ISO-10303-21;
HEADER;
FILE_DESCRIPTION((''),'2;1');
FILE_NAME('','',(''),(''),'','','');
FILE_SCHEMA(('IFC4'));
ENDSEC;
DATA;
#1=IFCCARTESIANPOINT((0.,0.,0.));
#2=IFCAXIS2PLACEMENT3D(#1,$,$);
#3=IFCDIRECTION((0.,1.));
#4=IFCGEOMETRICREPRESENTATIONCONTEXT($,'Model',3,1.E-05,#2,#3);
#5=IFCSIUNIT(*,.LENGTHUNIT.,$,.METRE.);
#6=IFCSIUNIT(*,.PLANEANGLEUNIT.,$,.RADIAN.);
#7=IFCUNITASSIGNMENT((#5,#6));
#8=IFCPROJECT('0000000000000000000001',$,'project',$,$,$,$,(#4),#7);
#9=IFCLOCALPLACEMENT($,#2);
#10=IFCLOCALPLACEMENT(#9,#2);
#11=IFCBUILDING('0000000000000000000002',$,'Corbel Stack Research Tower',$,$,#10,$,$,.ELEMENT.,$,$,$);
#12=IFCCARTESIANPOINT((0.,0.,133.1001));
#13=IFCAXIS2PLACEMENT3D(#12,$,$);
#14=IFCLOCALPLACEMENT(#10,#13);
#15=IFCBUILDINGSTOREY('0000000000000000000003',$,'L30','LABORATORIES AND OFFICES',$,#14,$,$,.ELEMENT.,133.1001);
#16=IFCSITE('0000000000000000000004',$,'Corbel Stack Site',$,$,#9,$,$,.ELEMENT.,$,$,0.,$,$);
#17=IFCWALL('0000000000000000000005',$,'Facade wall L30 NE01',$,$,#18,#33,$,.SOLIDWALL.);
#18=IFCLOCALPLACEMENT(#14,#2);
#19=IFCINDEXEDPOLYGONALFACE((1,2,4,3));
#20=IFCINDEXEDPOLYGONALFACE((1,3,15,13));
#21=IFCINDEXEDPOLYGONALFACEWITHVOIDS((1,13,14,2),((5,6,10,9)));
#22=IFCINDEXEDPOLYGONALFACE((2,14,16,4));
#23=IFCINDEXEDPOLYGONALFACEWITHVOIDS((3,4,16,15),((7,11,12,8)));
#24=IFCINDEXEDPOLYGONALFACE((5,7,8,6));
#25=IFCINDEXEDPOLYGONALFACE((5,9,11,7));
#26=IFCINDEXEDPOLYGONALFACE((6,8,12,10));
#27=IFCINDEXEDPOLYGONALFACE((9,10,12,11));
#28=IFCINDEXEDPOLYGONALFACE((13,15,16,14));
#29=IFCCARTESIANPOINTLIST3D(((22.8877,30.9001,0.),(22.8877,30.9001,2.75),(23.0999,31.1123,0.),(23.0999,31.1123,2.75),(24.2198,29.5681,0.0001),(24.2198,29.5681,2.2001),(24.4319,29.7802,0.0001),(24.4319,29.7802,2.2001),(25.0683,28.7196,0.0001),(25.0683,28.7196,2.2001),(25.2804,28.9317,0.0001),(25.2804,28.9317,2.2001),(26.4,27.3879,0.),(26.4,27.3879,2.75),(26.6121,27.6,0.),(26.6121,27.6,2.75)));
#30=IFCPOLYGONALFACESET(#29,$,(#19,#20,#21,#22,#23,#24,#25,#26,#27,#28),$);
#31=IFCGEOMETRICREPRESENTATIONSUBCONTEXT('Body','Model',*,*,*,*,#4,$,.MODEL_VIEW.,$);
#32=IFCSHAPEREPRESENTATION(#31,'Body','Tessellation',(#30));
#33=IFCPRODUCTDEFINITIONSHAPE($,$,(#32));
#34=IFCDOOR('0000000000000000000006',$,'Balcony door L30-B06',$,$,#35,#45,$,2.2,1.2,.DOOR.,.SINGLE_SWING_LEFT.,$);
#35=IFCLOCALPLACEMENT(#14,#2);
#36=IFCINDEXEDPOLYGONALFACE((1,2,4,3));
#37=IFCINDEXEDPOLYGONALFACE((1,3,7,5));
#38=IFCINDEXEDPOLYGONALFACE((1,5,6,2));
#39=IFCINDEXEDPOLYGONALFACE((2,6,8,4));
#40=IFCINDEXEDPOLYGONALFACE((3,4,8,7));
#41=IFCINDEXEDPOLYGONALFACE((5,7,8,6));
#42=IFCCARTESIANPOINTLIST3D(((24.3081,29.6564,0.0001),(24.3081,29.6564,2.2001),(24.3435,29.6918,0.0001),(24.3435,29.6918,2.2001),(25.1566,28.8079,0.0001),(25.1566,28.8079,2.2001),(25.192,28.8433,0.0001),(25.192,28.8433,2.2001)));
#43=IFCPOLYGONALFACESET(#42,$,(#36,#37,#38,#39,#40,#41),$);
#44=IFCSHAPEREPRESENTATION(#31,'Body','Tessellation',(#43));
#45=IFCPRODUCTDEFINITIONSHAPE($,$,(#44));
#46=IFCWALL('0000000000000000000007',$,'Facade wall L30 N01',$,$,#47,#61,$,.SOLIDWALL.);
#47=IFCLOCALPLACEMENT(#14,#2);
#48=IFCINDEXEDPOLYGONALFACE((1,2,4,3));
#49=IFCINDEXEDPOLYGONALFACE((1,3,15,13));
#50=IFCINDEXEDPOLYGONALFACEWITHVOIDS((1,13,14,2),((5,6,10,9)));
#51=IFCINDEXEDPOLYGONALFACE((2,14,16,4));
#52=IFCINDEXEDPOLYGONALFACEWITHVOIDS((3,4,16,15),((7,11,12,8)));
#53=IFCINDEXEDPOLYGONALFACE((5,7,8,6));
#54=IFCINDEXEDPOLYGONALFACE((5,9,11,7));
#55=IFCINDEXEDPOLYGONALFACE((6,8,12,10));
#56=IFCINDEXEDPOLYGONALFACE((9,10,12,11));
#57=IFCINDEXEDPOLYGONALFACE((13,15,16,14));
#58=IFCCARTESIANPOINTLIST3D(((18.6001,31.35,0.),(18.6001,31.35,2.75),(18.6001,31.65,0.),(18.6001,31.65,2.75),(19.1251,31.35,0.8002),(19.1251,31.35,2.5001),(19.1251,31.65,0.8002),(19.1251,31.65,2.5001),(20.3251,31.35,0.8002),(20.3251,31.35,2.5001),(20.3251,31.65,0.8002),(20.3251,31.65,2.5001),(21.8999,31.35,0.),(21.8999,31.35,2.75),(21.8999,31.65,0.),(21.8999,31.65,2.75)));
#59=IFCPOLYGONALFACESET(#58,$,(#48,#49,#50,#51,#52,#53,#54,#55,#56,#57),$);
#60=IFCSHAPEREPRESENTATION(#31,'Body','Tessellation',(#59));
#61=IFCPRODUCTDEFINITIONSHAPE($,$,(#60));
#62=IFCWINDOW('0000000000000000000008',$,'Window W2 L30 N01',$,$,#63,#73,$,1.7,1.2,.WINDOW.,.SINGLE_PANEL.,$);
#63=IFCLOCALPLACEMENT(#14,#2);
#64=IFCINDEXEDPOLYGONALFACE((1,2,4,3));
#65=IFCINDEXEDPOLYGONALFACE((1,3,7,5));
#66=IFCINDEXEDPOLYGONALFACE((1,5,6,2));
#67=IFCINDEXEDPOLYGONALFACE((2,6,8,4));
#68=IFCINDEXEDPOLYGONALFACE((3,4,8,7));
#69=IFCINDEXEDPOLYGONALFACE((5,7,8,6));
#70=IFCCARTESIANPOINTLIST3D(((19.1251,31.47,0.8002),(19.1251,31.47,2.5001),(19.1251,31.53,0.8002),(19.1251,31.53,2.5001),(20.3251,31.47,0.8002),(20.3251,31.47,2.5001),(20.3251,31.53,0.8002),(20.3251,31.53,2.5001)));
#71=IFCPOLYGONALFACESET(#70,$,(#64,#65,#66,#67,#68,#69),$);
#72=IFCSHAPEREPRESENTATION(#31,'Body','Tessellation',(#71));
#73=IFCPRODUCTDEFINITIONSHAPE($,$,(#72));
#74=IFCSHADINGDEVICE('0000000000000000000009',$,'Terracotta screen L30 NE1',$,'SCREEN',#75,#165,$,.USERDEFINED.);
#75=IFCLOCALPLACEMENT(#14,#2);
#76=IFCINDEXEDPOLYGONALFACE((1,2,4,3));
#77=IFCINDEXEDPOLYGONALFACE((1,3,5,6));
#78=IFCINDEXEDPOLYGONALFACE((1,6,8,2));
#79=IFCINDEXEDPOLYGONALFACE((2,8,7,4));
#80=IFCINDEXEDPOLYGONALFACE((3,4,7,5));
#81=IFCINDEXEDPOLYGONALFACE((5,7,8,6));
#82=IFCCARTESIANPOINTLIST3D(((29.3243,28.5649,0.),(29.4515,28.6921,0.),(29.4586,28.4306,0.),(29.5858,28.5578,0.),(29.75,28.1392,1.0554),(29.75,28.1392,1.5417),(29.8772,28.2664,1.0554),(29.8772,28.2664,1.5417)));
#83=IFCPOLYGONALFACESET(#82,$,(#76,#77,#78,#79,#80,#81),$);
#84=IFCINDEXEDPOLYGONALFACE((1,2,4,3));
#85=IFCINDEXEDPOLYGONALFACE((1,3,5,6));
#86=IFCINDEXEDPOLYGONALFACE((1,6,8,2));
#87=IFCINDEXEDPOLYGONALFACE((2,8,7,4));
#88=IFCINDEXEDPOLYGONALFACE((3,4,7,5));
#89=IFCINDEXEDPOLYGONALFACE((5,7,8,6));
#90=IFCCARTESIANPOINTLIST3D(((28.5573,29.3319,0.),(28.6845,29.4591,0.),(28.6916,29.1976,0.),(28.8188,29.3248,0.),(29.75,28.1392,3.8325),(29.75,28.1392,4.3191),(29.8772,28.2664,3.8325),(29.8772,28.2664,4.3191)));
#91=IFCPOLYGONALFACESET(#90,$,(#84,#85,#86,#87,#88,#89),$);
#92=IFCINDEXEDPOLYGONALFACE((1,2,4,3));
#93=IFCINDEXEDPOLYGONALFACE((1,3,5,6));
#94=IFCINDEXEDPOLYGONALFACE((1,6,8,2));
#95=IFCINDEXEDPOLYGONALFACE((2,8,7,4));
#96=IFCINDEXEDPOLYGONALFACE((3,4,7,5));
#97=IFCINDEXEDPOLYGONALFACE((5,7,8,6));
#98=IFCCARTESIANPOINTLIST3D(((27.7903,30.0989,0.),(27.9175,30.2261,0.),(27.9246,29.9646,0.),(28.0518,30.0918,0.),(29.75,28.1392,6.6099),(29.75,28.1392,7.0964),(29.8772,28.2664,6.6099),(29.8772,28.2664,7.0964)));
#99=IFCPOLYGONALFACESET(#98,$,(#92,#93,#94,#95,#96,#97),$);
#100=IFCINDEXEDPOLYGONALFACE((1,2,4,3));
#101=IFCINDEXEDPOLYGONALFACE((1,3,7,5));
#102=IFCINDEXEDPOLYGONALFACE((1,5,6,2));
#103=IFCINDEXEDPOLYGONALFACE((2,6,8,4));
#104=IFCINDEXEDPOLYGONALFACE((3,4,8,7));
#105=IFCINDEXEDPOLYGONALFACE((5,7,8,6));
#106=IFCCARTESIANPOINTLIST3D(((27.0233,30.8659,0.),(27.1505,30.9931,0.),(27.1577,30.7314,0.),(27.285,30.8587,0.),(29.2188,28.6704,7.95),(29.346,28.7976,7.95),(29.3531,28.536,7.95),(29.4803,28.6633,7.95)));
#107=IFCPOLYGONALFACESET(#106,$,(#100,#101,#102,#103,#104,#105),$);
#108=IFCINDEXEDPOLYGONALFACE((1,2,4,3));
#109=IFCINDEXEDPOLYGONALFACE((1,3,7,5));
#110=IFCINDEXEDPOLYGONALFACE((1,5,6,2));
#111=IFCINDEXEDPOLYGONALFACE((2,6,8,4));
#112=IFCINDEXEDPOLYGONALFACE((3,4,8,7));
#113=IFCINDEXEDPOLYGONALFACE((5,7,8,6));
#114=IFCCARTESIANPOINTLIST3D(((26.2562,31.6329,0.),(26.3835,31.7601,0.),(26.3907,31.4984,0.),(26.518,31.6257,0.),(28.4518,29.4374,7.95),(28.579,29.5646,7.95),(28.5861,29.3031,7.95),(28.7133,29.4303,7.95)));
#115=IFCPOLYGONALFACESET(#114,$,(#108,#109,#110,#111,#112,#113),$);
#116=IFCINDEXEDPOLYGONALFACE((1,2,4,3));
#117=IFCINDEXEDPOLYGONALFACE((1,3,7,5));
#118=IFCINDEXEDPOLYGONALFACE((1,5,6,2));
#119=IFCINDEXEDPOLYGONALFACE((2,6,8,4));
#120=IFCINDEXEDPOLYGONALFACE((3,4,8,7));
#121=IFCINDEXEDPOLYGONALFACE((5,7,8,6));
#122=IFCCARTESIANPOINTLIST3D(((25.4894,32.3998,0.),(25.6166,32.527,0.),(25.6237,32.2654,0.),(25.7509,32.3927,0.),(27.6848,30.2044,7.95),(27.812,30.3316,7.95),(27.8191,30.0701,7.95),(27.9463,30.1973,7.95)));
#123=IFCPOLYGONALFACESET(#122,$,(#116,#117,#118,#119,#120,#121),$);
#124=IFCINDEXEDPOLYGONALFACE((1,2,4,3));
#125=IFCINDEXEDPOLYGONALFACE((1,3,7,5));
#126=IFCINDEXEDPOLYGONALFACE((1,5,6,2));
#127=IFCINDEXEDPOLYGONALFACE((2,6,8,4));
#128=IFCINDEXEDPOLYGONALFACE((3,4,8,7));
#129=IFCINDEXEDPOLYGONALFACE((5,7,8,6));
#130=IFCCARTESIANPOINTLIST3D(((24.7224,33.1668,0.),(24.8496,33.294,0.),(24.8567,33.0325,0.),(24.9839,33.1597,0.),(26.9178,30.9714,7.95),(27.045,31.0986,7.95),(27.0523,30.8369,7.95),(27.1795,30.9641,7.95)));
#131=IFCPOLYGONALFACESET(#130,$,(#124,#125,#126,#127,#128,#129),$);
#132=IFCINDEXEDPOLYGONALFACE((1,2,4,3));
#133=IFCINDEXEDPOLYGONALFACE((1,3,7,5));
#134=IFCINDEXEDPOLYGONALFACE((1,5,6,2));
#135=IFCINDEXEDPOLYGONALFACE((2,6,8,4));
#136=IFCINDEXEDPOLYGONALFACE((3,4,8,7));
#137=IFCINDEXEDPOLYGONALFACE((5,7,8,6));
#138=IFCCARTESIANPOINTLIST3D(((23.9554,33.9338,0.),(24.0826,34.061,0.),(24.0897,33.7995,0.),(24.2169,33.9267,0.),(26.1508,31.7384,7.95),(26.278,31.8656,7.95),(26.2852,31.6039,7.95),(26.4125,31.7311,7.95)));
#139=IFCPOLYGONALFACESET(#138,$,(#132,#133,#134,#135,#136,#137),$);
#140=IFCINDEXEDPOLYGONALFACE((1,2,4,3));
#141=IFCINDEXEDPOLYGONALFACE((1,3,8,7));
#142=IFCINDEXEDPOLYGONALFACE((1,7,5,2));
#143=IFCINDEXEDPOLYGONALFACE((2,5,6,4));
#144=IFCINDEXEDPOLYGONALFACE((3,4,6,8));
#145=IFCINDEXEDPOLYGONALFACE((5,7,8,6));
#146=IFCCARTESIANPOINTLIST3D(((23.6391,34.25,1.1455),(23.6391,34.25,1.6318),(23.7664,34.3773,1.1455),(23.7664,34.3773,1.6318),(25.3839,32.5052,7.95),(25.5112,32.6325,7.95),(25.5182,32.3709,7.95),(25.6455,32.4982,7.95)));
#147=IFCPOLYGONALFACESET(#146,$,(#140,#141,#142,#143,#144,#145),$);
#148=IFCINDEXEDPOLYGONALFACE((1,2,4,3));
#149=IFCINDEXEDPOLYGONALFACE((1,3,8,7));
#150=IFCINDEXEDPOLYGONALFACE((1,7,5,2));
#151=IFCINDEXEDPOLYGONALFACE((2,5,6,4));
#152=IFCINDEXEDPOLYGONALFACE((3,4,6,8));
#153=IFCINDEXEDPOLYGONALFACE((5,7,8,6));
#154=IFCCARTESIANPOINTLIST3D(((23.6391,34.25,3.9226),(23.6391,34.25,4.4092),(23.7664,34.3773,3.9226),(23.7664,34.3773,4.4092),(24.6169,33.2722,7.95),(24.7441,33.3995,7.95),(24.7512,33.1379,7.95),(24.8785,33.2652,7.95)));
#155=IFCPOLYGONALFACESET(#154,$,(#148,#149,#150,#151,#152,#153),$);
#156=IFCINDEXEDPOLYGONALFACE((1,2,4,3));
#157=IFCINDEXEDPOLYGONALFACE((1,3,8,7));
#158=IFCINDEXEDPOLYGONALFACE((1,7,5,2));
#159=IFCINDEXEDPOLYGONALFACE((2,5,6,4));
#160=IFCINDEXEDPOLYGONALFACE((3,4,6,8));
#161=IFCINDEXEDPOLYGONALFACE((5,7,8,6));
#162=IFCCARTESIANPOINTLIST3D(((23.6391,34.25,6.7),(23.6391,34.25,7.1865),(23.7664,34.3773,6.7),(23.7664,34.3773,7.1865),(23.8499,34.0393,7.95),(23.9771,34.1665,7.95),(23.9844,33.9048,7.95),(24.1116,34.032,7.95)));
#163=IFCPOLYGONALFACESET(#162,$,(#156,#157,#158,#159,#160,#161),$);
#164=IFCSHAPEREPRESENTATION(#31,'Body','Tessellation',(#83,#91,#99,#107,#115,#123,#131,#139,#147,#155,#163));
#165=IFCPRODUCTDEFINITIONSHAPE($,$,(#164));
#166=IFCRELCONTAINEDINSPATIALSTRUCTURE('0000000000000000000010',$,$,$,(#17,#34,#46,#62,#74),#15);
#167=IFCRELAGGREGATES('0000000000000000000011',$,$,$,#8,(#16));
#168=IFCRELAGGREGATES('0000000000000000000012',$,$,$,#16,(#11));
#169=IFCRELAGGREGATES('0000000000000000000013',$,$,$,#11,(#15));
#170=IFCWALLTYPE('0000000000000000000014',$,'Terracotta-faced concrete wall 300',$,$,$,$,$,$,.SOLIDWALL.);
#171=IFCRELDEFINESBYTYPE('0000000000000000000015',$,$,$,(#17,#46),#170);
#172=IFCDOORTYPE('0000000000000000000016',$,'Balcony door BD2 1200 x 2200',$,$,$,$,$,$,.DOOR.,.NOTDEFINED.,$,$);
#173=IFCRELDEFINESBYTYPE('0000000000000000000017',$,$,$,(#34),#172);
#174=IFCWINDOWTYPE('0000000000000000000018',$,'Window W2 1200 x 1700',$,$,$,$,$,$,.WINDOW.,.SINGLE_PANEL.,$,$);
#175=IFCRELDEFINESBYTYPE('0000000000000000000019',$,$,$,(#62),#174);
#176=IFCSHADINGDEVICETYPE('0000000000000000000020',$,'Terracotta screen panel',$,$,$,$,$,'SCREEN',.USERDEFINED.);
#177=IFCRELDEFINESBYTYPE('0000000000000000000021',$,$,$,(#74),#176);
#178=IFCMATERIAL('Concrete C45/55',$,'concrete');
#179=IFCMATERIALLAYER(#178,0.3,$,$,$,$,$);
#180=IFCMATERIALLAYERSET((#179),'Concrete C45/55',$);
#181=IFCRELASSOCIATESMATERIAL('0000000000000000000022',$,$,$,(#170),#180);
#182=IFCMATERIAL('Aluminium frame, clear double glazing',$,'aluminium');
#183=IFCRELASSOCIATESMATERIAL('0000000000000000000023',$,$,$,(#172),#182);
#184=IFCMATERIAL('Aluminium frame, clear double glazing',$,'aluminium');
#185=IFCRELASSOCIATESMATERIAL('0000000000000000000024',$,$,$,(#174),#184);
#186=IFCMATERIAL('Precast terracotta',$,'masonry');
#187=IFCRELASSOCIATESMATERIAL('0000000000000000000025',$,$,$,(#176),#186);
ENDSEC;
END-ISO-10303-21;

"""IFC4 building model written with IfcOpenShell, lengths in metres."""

from ifc_helpers import new_model, si_unit, direction, frame, frame_2d, origin, place, context, subcontext, project, spatial, polyline, rectangle, outline, extrude, source, transform, mapped, material, layer, layer_set, type_object, element, fill, save


model = new_model("IFC4")

# Units and contexts
model_context = context("Model", 3, precision=1e-05, world=origin(), true_north=direction((0.0, 1.0)))
body_context = subcontext(model_context, "Body", "Model", "MODEL_VIEW")
ifc_project = project(units=[si_unit("LENGTHUNIT", "METRE"), si_unit("PLANEANGLEUNIT", "RADIAN")], contexts=[model_context])

# Site, building, storey
site_placement = place(None, origin())
site = spatial("IfcSite", under=ifc_project, at=site_placement, Name="Corbel Stack Site", CompositionType="ELEMENT", RefElevation=0.0)
building_placement = place(site_placement, origin())
building = spatial("IfcBuilding", under=site, at=building_placement, Name="Corbel Stack Research Tower", CompositionType="ELEMENT")
storey_placement = place(building_placement, frame((0.0, 0.0, 133.1001)))
storey = spatial("IfcBuildingStorey", under=building, at=storey_placement, Name="L30", Description="LABORATORIES AND OFFICES", CompositionType="ELEMENT", Elevation=133.1001)

# Wall, opening, door
ifc_material_1 = material(Name="Concrete C45/55", Category="concrete")
ifc_layer_1 = layer(ifc_material_1, 0.3)
ifc_layer_set_1 = layer_set([ifc_layer_1], Name="Concrete C45/55")
wall_type_1 = type_object("IfcWallType", Name="Terracotta-faced concrete wall 300", PredefinedType="SOLIDWALL", material=ifc_layer_set_1)
wall_1_placement = place(storey_placement, frame((22.9939, 31.0061, 0.0), z_axis=(0.0, 0.0, 1.0), x_axis=(0.707107, -0.707107, 0.0)))
wall_1 = element("IfcWall", 1, at=wall_1_placement, inside=storey, type_object=wall_type_1, Name="Facade wall L30 NE01", PredefinedType="SOLIDWALL", context=body_context, shape_type="SweptSolid", body=[
    extrude(rectangle(XDim=4.967, YDim=0.3, at=frame_2d((2.4834, 0.0))), origin(), (0.0, 0.0, 1.0), 2.75),
])
opening_1_placement = place(wall_1_placement, frame((1.8835, 0.0, 0.0)))
opening_1 = element("IfcOpeningElement", 2, at=opening_1_placement, cuts=wall_1, PredefinedType="OPENING", context=body_context, shape_type="SweptSolid", body=[
    extrude(rectangle(XDim=1.2, YDim=2.2, at=frame_2d((0.6001, 1.1001))), frame((0.0, 0.1599, 0.0), z_axis=(0.0, -1.0, 0.0), x_axis=(1.0, 0.0, 0.0)), (0.0, 0.0, 1.0), 0.3201),
])
ifc_material_2 = material(Name="Aluminium frame, clear double glazing", Category="aluminium")
door_type_1 = type_object("IfcDoorType", Name="Balcony door BD2 1200 x 2200", OperationType="NOTDEFINED", PredefinedType="DOOR", material=ifc_material_2)
door_1_placement = place(opening_1_placement, origin())
door_1 = element("IfcDoor", 3, at=door_1_placement, inside=storey, type_object=door_type_1, Name="Balcony door L30-B06", OperationType="SINGLE_SWING_LEFT", OverallHeight=2.2, OverallWidth=1.2, PredefinedType="DOOR", context=body_context, shape_type="SweptSolid", body=[
    extrude(rectangle(XDim=1.2, YDim=2.2, at=frame_2d((0.6001, 1.1001))), frame((0.0, 0.0249, 0.0), z_axis=(0.0, -1.0, 0.0), x_axis=(1.0, 0.0, 0.0)), (0.0, 0.0, 1.0), 0.05),
])
fill(opening_1, door_1)

# Wall, opening, window
wall_2_placement = place(storey_placement, frame((18.6001, 31.5, 0.0), z_axis=(0.0, 0.0, 1.0), x_axis=(1.0, 0.0, 0.0)))
wall_2 = element("IfcWall", 4, at=wall_2_placement, inside=storey, type_object=wall_type_1, Name="Facade wall L30 N01", PredefinedType="SOLIDWALL", context=body_context, shape_type="SweptSolid", body=[
    extrude(rectangle(XDim=3.2998, YDim=0.3, at=frame_2d((1.6499, 0.0))), origin(), (0.0, 0.0, 1.0), 2.75),
])
opening_2_placement = place(wall_2_placement, frame((0.5249, 0.0, 0.8)))
opening_2 = element("IfcOpeningElement", 5, at=opening_2_placement, cuts=wall_2, PredefinedType="OPENING", context=body_context, shape_type="SweptSolid", body=[
    extrude(rectangle(XDim=1.2, YDim=1.7, at=frame_2d((0.6001, 0.8501))), frame((0.0, 0.1599, 0.0), z_axis=(0.0, -1.0, 0.0), x_axis=(1.0, 0.0, 0.0)), (0.0, 0.0, 1.0), 0.3201),
])
ifc_material_3 = material(Name="Aluminium frame, clear double glazing", Category="aluminium")
window_type = type_object("IfcWindowType", Name="Window W2 1200 x 1700", PartitioningType="SINGLE_PANEL", PredefinedType="WINDOW", material=ifc_material_3)
window_placement = place(opening_2_placement, origin())
window = element("IfcWindow", 6, at=window_placement, inside=storey, type_object=window_type, Name="Window W2 L30 N01", OverallHeight=1.7, OverallWidth=1.2, PartitioningType="SINGLE_PANEL", PredefinedType="WINDOW", context=body_context, shape_type="SweptSolid", body=[
    extrude(rectangle(XDim=1.2, YDim=1.7, at=frame_2d((0.6001, 0.8501))), frame((0.0, 0.03, 0.0), z_axis=(0.0, -1.0, 0.0), x_axis=(1.0, 0.0, 0.0)), (0.0, 0.0, 1.0), 0.0601),
])
fill(opening_2, window)

# Shading device
ifc_material_4 = material(Name="Precast terracotta", Category="masonry")
shading_device_type = type_object("IfcShadingDeviceType", Name="Terracotta screen panel", ElementType="SCREEN", PredefinedType="USERDEFINED", material=ifc_material_4)
shared_shape_1 = source(origin(), body_context, "Body", "SweptSolid", [
    extrude(outline(polyline([(0.6021, 0.0), (0.0, 1.5417), (0.0, 1.0554), (0.4121, 0.0), (0.6021, 0.0)])), frame((0.0, 0.0, 0.0), z_axis=(0.0, -1.0, 0.0), x_axis=(1.0, 0.0, 0.0)), (0.0, 0.0, 1.0), 0.1799),
    extrude(outline(polyline([(1.6868, 0.0), (0.0, 4.3191), (0.0, 3.8325), (1.4968, 0.0), (1.6868, 0.0)])), frame((0.0, 0.0, 0.0), z_axis=(0.0, -1.0, 0.0), x_axis=(1.0, 0.0, 0.0)), (0.0, 0.0, 1.0), 0.1799),
    extrude(outline(polyline([(2.7715, 0.0), (0.0, 7.0964), (0.0, 6.6099), (2.5815, 0.0), (2.7715, 0.0)])), frame((0.0, 0.0, 0.0), z_axis=(0.0, -1.0, 0.0), x_axis=(1.0, 0.0, 0.0)), (0.0, 0.0, 1.0), 0.1799),
    extrude(outline(polyline([(3.8562, 0.0), (0.7512, 7.95), (0.5613, 7.95), (3.666, 0.0), (3.8562, 0.0)])), frame((0.0, 0.0, 0.0), z_axis=(0.0, -1.0, 0.0), x_axis=(1.0, 0.0, 0.0)), (0.0, 0.0, 1.0), 0.1799),
    extrude(outline(polyline([(4.9409, 0.0), (1.8359, 7.95), (1.646, 7.95), (4.7507, 0.0), (4.9409, 0.0)])), frame((0.0, 0.0, 0.0), z_axis=(0.0, -1.0, 0.0), x_axis=(1.0, 0.0, 0.0)), (0.0, 0.0, 1.0), 0.1799),
    extrude(outline(polyline([(6.0254, 0.0), (2.9207, 7.95), (2.7307, 7.95), (5.8354, 0.0), (6.0254, 0.0)])), frame((0.0, 0.0, 0.0), z_axis=(0.0, -1.0, 0.0), x_axis=(1.0, 0.0, 0.0)), (0.0, 0.0, 1.0), 0.1799),
    extrude(outline(polyline([(7.1101, 0.0), (4.0054, 7.95), (3.8152, 7.95), (6.9202, 0.0), (7.1101, 0.0)])), frame((0.0, 0.0, 0.0), z_axis=(0.0, -1.0, 0.0), x_axis=(1.0, 0.0, 0.0)), (0.0, 0.0, 1.0), 0.1799),
    extrude(outline(polyline([(8.1948, 0.0), (5.0901, 7.95), (4.8999, 7.95), (8.0049, 0.0), (8.1948, 0.0)])), frame((0.0, 0.0, 0.0), z_axis=(0.0, -1.0, 0.0), x_axis=(1.0, 0.0, 0.0)), (0.0, 0.0, 1.0), 0.1799),
    extrude(outline(polyline([(6.1746, 7.95), (5.9846, 7.95), (8.6421, 1.1455), (8.6421, 1.6318), (6.1746, 7.95)])), frame((0.0, 0.0, 0.0), z_axis=(0.0, -1.0, 0.0), x_axis=(1.0, 0.0, 0.0)), (0.0, 0.0, 1.0), 0.1799),
    extrude(outline(polyline([(7.2593, 7.95), (7.0693, 7.95), (8.6421, 3.9226), (8.6421, 4.4092), (7.2593, 7.95)])), frame((0.0, 0.0, 0.0), z_axis=(0.0, -1.0, 0.0), x_axis=(1.0, 0.0, 0.0)), (0.0, 0.0, 1.0), 0.1799),
    extrude(outline(polyline([(8.344, 7.95), (8.1538, 7.95), (8.6421, 6.7), (8.6421, 7.1865), (8.344, 7.95)])), frame((0.0, 0.0, 0.0), z_axis=(0.0, -1.0, 0.0), x_axis=(1.0, 0.0, 0.0)), (0.0, 0.0, 1.0), 0.1799),
])
shading_device_1_placement = place(storey_placement, frame((29.75, 28.1392, 0.0), z_axis=(0.0, 0.0, 1.0), x_axis=(-0.707107, 0.707107, 0.0)))
element("IfcShadingDevice", 7, at=shading_device_1_placement, inside=storey, type_object=shading_device_type, Name="Terracotta screen L30 NE1", ObjectType="SCREEN", PredefinedType="USERDEFINED", context=body_context, shape_type="MappedRepresentation", body=[
    mapped(shared_shape_1, transform((0.0, 0.0, 0.0))),
])

save(model, "model.ifc")
